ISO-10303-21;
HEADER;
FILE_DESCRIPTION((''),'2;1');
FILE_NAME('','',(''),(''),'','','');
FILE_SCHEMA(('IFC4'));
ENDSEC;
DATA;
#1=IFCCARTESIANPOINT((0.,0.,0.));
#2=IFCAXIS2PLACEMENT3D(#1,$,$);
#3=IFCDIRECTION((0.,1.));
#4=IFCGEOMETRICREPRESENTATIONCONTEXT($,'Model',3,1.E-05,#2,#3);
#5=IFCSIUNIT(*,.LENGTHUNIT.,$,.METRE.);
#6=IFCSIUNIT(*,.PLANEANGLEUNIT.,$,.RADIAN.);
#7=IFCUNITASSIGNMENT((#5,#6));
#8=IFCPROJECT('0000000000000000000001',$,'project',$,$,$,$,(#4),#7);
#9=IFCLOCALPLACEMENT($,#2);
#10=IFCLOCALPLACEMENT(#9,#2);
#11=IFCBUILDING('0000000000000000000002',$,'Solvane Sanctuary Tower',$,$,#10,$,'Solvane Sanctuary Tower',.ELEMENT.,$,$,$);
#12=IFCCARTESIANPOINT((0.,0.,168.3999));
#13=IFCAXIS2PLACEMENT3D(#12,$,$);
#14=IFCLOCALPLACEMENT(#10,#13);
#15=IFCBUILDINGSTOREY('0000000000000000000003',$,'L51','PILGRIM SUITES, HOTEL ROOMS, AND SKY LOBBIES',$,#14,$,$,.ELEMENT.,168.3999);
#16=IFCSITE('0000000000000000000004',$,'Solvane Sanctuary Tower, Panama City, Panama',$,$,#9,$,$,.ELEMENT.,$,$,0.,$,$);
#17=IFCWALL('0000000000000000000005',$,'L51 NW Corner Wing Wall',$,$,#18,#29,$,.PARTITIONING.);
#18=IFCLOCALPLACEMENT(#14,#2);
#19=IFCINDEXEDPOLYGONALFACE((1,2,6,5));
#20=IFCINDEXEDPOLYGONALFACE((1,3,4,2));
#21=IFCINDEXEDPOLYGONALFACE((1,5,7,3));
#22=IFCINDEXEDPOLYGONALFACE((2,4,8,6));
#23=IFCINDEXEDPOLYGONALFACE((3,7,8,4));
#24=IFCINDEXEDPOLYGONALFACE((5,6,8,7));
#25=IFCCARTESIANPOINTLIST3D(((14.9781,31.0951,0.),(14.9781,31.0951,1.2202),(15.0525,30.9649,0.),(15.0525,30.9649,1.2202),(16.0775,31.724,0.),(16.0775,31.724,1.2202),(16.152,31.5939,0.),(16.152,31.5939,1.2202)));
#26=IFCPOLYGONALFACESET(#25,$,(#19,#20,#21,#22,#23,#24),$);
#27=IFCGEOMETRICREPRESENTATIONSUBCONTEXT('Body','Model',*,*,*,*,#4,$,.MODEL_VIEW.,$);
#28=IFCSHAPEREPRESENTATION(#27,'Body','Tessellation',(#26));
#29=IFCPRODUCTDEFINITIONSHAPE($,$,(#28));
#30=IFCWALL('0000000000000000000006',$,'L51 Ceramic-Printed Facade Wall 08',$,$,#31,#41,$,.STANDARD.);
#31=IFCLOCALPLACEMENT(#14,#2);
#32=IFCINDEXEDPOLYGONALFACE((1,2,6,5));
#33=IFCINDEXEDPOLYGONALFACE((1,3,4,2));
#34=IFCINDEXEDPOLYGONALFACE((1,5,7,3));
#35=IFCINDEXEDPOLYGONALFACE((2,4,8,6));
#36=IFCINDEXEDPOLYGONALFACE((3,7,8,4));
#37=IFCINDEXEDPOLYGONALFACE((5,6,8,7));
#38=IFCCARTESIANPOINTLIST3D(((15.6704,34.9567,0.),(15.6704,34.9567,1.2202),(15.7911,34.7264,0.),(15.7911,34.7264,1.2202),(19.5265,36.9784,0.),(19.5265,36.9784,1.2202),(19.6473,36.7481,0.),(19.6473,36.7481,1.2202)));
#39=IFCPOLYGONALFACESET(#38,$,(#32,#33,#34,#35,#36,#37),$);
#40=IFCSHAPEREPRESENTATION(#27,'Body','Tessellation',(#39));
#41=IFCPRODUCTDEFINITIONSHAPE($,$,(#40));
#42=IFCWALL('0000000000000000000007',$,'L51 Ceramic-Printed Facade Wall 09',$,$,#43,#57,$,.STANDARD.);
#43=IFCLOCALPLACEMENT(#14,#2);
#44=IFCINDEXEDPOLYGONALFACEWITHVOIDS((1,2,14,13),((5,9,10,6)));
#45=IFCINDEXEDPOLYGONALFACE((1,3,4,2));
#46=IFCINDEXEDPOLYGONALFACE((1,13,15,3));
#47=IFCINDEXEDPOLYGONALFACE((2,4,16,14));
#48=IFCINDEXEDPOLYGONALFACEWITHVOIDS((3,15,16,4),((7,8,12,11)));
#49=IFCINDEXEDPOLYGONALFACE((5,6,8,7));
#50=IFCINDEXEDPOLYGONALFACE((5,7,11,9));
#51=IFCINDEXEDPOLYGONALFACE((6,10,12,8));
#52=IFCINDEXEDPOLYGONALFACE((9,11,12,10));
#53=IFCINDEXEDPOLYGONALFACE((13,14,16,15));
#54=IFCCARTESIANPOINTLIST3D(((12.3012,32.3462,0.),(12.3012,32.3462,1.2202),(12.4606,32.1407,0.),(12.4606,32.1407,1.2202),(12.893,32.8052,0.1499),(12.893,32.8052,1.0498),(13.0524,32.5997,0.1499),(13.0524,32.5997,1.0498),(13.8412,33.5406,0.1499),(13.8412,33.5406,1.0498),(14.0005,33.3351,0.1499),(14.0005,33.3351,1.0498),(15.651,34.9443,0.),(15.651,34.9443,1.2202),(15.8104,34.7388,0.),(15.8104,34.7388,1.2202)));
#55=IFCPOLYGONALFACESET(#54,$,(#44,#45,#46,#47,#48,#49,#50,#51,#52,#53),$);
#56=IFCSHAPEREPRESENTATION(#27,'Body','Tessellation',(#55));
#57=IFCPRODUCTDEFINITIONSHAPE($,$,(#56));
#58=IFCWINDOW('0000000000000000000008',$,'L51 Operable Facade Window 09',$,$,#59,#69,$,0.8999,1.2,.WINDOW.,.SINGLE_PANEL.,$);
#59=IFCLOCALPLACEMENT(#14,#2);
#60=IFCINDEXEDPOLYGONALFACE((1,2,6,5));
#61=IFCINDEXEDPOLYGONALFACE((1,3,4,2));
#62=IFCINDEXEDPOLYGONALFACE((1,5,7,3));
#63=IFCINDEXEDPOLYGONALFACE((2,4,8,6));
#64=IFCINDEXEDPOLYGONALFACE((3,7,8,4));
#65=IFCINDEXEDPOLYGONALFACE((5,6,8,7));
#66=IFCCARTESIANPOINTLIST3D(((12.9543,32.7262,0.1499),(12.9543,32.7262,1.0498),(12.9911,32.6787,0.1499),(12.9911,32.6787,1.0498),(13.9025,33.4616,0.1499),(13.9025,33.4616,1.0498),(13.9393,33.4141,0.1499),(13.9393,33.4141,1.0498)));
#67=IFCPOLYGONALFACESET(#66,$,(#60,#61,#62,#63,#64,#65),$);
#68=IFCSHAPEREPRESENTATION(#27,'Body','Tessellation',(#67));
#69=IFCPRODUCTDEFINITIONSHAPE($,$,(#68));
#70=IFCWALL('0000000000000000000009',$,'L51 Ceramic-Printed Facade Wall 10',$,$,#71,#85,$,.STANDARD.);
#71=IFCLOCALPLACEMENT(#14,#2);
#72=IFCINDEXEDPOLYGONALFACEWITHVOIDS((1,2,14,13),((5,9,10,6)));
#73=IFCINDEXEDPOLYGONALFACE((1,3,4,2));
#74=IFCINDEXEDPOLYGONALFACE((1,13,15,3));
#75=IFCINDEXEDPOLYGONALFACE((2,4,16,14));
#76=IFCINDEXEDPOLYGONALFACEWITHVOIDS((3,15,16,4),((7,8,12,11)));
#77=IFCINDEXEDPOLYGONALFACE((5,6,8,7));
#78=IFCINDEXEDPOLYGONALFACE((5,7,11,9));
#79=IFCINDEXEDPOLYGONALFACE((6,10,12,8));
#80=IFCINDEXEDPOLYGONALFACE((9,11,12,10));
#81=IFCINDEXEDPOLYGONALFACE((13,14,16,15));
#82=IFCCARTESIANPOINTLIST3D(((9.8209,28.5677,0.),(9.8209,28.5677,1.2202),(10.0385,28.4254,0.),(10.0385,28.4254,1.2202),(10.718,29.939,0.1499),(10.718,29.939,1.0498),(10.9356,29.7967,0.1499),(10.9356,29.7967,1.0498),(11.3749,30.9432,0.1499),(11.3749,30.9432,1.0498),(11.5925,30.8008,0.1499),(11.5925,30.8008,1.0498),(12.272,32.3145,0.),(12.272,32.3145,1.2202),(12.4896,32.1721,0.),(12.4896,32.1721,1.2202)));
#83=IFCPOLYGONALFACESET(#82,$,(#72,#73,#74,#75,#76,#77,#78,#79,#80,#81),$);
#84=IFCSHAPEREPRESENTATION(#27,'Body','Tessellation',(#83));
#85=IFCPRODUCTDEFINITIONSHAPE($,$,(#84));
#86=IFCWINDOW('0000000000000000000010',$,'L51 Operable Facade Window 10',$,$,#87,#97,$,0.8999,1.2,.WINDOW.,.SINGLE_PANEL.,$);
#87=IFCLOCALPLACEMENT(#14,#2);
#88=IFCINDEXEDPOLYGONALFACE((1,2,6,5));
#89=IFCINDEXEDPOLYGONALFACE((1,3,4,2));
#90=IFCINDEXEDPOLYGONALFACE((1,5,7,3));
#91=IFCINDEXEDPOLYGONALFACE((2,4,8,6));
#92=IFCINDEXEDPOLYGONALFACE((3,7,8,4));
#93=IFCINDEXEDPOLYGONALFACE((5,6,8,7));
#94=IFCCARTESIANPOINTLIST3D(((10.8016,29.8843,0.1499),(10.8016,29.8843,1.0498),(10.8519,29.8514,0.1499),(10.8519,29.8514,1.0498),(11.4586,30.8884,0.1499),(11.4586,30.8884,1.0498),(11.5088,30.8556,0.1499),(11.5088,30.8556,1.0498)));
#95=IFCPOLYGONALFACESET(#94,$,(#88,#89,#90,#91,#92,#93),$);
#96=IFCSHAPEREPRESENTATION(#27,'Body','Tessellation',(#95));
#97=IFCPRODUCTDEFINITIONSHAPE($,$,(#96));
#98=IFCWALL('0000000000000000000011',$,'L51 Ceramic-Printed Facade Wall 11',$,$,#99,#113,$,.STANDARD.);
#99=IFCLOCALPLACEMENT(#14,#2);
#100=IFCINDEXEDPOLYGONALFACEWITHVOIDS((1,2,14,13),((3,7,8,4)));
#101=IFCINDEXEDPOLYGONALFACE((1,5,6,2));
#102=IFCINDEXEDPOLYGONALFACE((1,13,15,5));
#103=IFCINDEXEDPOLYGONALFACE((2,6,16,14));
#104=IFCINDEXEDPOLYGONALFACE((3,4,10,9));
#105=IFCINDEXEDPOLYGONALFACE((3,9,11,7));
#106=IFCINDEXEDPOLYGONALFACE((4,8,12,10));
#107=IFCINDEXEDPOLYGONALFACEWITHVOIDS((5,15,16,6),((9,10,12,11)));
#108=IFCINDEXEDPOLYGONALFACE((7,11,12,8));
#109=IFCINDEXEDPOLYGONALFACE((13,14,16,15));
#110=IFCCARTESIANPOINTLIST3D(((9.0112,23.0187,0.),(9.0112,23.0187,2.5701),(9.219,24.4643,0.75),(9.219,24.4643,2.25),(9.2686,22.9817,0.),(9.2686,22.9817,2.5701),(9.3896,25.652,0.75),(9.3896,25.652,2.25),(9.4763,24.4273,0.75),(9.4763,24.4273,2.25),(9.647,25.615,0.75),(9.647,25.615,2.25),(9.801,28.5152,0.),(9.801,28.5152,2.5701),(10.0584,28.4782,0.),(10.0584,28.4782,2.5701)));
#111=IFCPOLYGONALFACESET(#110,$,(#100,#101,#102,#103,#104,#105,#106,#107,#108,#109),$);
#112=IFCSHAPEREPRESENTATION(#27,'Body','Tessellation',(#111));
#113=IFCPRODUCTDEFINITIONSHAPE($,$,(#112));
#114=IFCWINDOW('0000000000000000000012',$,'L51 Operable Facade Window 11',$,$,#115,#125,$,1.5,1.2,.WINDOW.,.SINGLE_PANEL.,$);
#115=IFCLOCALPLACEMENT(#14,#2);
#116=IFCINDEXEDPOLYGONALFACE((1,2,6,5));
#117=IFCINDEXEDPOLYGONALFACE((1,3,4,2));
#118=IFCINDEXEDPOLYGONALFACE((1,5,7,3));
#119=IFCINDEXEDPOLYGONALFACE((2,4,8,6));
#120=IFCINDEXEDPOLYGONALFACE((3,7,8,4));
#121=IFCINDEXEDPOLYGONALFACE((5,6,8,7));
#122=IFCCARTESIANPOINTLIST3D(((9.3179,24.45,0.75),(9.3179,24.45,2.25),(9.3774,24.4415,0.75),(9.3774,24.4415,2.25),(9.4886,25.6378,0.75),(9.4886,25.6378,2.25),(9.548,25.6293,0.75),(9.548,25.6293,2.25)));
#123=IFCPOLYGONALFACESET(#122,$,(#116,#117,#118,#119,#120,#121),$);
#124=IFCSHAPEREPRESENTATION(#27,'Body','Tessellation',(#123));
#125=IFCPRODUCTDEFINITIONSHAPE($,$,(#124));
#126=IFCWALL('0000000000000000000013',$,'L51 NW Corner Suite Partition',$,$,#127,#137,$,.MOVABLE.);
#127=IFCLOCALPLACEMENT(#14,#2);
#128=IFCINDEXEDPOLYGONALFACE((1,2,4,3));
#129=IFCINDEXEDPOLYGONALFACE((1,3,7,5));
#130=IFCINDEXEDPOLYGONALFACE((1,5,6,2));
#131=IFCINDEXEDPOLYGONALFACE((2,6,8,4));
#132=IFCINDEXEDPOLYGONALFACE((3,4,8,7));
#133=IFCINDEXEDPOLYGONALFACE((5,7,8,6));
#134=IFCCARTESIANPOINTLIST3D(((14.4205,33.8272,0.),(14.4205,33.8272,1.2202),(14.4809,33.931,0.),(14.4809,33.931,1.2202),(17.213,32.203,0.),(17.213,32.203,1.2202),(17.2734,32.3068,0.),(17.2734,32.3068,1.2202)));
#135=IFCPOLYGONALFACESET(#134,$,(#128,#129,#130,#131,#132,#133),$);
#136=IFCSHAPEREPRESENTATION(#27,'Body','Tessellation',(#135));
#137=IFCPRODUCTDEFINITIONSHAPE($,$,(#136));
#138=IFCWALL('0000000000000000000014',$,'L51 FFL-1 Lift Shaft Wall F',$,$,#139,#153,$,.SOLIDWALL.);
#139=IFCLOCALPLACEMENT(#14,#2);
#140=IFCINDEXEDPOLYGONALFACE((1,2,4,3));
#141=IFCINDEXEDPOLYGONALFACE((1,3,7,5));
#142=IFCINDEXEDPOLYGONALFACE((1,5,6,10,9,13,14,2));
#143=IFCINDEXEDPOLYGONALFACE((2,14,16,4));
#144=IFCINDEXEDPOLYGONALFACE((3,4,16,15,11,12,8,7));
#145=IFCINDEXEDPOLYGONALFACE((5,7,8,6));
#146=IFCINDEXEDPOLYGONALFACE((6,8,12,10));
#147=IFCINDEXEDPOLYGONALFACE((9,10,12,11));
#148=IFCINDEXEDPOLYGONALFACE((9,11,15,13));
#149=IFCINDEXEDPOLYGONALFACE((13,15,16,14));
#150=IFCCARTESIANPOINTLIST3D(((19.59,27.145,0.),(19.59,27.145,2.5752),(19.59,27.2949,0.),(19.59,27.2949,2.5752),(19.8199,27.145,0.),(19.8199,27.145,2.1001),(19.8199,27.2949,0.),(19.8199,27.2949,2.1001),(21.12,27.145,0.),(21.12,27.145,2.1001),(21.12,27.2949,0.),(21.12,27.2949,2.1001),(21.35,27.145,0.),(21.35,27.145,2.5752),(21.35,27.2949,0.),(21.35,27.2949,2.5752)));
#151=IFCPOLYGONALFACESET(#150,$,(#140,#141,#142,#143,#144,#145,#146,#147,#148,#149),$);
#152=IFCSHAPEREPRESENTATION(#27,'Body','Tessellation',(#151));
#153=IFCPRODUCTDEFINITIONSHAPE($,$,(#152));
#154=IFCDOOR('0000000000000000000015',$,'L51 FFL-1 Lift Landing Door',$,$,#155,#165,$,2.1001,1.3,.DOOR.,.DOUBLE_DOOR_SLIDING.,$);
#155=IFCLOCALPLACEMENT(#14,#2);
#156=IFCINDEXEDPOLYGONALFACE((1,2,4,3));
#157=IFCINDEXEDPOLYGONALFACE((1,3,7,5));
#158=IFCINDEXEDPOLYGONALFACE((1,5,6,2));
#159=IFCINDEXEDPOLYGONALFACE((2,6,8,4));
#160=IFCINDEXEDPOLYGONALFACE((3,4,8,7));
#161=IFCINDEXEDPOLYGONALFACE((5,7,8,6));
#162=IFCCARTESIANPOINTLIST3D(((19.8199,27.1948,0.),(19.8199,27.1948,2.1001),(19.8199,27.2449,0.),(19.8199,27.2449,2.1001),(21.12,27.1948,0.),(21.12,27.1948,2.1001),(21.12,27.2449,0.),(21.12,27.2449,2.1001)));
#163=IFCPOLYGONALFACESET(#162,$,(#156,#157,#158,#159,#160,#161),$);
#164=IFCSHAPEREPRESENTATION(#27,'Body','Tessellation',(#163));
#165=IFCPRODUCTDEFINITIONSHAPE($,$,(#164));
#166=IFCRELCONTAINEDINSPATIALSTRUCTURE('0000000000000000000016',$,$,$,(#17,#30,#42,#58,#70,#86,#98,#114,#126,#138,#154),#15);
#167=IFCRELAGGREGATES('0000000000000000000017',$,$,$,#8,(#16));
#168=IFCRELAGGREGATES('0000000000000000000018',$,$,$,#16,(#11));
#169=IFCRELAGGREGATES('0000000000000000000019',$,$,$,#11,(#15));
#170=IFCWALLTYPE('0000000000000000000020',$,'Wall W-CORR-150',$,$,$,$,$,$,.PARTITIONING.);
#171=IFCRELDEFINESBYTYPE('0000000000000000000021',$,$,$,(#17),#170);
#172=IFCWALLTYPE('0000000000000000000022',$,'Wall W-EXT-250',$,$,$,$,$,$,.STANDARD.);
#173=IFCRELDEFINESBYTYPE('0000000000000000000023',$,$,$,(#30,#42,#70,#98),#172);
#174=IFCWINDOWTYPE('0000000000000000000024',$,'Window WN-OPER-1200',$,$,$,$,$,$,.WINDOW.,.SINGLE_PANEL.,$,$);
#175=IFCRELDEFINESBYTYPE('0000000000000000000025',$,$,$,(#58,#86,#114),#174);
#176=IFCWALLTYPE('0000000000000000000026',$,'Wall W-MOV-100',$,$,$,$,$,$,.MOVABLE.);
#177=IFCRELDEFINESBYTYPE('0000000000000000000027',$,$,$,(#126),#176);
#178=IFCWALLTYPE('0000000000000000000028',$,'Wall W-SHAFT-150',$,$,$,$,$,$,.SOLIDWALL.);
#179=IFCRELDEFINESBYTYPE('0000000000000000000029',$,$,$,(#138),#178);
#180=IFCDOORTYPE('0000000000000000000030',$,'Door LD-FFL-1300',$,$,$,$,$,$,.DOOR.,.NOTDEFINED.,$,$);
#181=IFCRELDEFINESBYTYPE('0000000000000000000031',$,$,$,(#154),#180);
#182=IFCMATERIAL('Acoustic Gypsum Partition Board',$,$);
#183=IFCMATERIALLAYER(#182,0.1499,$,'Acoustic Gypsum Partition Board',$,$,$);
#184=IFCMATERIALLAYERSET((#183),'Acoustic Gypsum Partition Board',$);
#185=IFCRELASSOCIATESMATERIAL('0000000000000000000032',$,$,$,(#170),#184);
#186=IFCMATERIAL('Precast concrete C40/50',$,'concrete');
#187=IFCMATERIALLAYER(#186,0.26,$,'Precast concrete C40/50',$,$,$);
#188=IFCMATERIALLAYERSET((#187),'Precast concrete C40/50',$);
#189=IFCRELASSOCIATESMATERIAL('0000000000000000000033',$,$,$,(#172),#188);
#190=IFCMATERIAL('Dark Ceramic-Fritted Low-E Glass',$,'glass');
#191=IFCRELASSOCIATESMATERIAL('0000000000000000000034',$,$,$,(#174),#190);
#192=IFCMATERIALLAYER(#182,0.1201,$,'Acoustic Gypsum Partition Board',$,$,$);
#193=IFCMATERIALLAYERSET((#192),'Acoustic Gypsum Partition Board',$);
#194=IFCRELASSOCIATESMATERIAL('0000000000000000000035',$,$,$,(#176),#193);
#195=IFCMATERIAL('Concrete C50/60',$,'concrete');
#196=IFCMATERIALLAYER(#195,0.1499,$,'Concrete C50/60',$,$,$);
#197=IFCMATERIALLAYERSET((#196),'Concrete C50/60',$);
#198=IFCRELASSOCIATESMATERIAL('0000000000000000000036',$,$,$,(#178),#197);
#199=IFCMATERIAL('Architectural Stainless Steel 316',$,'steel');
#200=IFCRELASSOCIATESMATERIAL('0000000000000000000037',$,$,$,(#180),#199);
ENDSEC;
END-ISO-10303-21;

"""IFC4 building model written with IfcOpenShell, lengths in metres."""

from ifc_helpers import new_model, si_unit, direction, frame, frame_2d, origin, place, context, subcontext, project, spatial, rectangle, extrude, material, layer, layer_set, type_object, element, fill, save


model = new_model("IFC4")

# Units and contexts
model_context = context("Model", 3, precision=1e-05, world=origin(), true_north=direction((0.0, 1.0)))
body_context = subcontext(model_context, "Body", "Model", "MODEL_VIEW")
ifc_project = project(units=[si_unit("LENGTHUNIT", "METRE"), si_unit("PLANEANGLEUNIT", "RADIAN")], contexts=[model_context])

# Site, building, storey
site_placement = place(None, origin())
site = spatial("IfcSite", under=ifc_project, at=site_placement, Name="Solvane Sanctuary Tower, Panama City, Panama", CompositionType="ELEMENT", RefElevation=0.0)
building_placement = place(site_placement, origin())
building = spatial("IfcBuilding", under=site, at=building_placement, Name="Solvane Sanctuary Tower", LongName="Solvane Sanctuary Tower", CompositionType="ELEMENT")
storey_placement = place(building_placement, frame((0.0, 0.0, 168.3999)))
storey = spatial("IfcBuildingStorey", under=building, at=storey_placement, Name="L51", Description="PILGRIM SUITES, HOTEL ROOMS, AND SKY LOBBIES", CompositionType="ELEMENT", Elevation=168.3999)

# Shared definitions
ifc_material_1 = material(Name="Acoustic Gypsum Partition Board")
ifc_layer_1 = layer(ifc_material_1, 0.1499, Name="Acoustic Gypsum Partition Board")
ifc_layer_set_1 = layer_set([ifc_layer_1], Name="Acoustic Gypsum Partition Board")
wall_type_1 = type_object("IfcWallType", Name="Wall W-CORR-150", PredefinedType="PARTITIONING", material=ifc_layer_set_1)

# Shared definitions
ifc_material_2 = material(Name="Architectural Stainless Steel 316", Category="steel")

# Walls
wall_1_placement = place(storey_placement, frame((16.1147, 31.6589, 0.0), z_axis=(0.0, 0.0, 1.0), x_axis=(-0.868006, -0.496554, 0.0)))
element("IfcWall", 1, at=wall_1_placement, inside=storey, type_object=wall_type_1, Name="L51 NW Corner Wing Wall", PredefinedType="PARTITIONING", context=body_context, shape_type="SweptSolid", body=[
    extrude(rectangle(XDim=1.2666, YDim=0.1499, at=frame_2d((0.6333, 0.0))), origin(), (0.0, 0.0, 1.0), 1.2202),
])
ifc_material_3 = material(Name="Precast concrete C40/50", Category="concrete")
ifc_layer_2 = layer(ifc_material_3, 0.26, Name="Precast concrete C40/50")
ifc_layer_set_2 = layer_set([ifc_layer_2], Name="Precast concrete C40/50")
wall_type_2 = type_object("IfcWallType", Name="Wall W-EXT-250", PredefinedType="STANDARD", material=ifc_layer_set_2)
wall_2_placement = place(storey_placement, frame((19.5869, 36.8633, 0.0), z_axis=(0.0, 0.0, 1.0), x_axis=(-0.88566, -0.464334, 0.0)))
element("IfcWall", 2, at=wall_2_placement, inside=storey, type_object=wall_type_2, Name="L51 Ceramic-Printed Facade Wall 08", PredefinedType="STANDARD", context=body_context, shape_type="SweptSolid", body=[
    extrude(rectangle(XDim=4.354, YDim=0.26, at=frame_2d((2.177, 0.0))), origin(), (0.0, 0.0, 1.0), 1.2202),
])

# Walls, openings, windows
wall_3_placement = place(storey_placement, frame((15.7307, 34.8416, 0.0), z_axis=(0.0, 0.0, 1.0), x_axis=(-0.790186, -0.612868, 0.0)))
wall_3 = element("IfcWall", 3, at=wall_3_placement, inside=storey, type_object=wall_type_2, Name="L51 Ceramic-Printed Facade Wall 09", PredefinedType="STANDARD", context=body_context, shape_type="SweptSolid", body=[
    extrude(rectangle(XDim=4.2393, YDim=0.26, at=frame_2d((2.1196, 0.0))), origin(), (0.0, 0.0, 1.0), 1.2202),
])
opening_1_placement = place(wall_3_placement, frame((2.2903, 0.0, 0.1499)))
opening_1 = element("IfcOpeningElement", 4, at=opening_1_placement, cuts=wall_3, PredefinedType="OPENING", context=body_context, shape_type="SweptSolid", body=[
    extrude(rectangle(XDim=1.2, YDim=0.8999, at=frame_2d((0.6001, 0.45))), frame((0.0, 0.1399, 0.0), z_axis=(0.0, -1.0, 0.0), x_axis=(1.0, 0.0, 0.0)), (0.0, 0.0, 1.0), 0.28),
])
ifc_material_4 = material(Name="Dark Ceramic-Fritted Low-E Glass", Category="glass")
window_type = type_object("IfcWindowType", Name="Window WN-OPER-1200", PartitioningType="SINGLE_PANEL", PredefinedType="WINDOW", material=ifc_material_4)
window_1_placement = place(opening_1_placement, origin())
window_1 = element("IfcWindow", 5, at=window_1_placement, inside=storey, type_object=window_type, Name="L51 Operable Facade Window 09", OverallHeight=0.8999, OverallWidth=1.2, PartitioningType="SINGLE_PANEL", PredefinedType="WINDOW", context=body_context, shape_type="SweptSolid", body=[
    extrude(rectangle(XDim=1.2, YDim=0.8999, at=frame_2d((0.6001, 0.45))), frame((0.0, 0.03, 0.0), z_axis=(0.0, -1.0, 0.0), x_axis=(1.0, 0.0, 0.0)), (0.0, 0.0, 1.0), 0.0601),
])
fill(opening_1, window_1)
wall_4_placement = place(storey_placement, frame((12.3809, 32.2434, 0.0), z_axis=(0.0, 0.0, 1.0), x_axis=(-0.547456, -0.836834, 0.0)))
wall_4 = element("IfcWall", 6, at=wall_4_placement, inside=storey, type_object=wall_type_2, Name="L51 Ceramic-Printed Facade Wall 10", PredefinedType="STANDARD", context=body_context, shape_type="SweptSolid", body=[
    extrude(rectangle(XDim=4.4773, YDim=0.26, at=frame_2d((2.2388, 0.0))), origin(), (0.0, 0.0, 1.0), 1.2202),
])
opening_2_placement = place(wall_4_placement, frame((1.6387, 0.0, 0.1499)))
opening_2 = element("IfcOpeningElement", 7, at=opening_2_placement, cuts=wall_4, PredefinedType="OPENING", context=body_context, shape_type="SweptSolid", body=[
    extrude(rectangle(XDim=1.2, YDim=0.8999, at=frame_2d((0.6001, 0.45))), frame((0.0, 0.1399, 0.0), z_axis=(0.0, -1.0, 0.0), x_axis=(1.0, 0.0, 0.0)), (0.0, 0.0, 1.0), 0.28),
])
window_2_placement = place(opening_2_placement, origin())
window_2 = element("IfcWindow", 8, at=window_2_placement, inside=storey, type_object=window_type, Name="L51 Operable Facade Window 10", OverallHeight=0.8999, OverallWidth=1.2, PartitioningType="SINGLE_PANEL", PredefinedType="WINDOW", context=body_context, shape_type="SweptSolid", body=[
    extrude(rectangle(XDim=1.2, YDim=0.8999, at=frame_2d((0.6001, 0.45))), frame((0.0, 0.03, 0.0), z_axis=(0.0, -1.0, 0.0), x_axis=(1.0, 0.0, 0.0)), (0.0, 0.0, 1.0), 0.0601),
])
fill(opening_2, window_2)
wall_5_placement = place(storey_placement, frame((9.9297, 28.4966, 0.0), z_axis=(0.0, 0.0, 1.0), x_axis=(-0.142228, -0.989834, 0.0)))
wall_5 = element("IfcWall", 9, at=wall_5_placement, inside=storey, type_object=wall_type_2, Name="L51 Ceramic-Printed Facade Wall 11", PredefinedType="STANDARD", context=body_context, shape_type="SweptSolid", body=[
    extrude(rectangle(XDim=5.553, YDim=0.26, at=frame_2d((2.7764, 0.0))), origin(), (0.0, 0.0, 1.0), 2.5701),
])
opening_3_placement = place(wall_5_placement, frame((2.8923, 0.0, 0.75)))
opening_3 = element("IfcOpeningElement", 10, at=opening_3_placement, cuts=wall_5, PredefinedType="OPENING", context=body_context, shape_type="SweptSolid", body=[
    extrude(rectangle(XDim=1.2, YDim=1.5, at=frame_2d((0.6001, 0.75))), frame((0.0, 0.1399, 0.0), z_axis=(0.0, -1.0, 0.0), x_axis=(1.0, 0.0, 0.0)), (0.0, 0.0, 1.0), 0.28),
])
window_3_placement = place(opening_3_placement, origin())
window_3 = element("IfcWindow", 11, at=window_3_placement, inside=storey, type_object=window_type, Name="L51 Operable Facade Window 11", OverallHeight=1.5, OverallWidth=1.2, PartitioningType="SINGLE_PANEL", PredefinedType="WINDOW", context=body_context, shape_type="SweptSolid", body=[
    extrude(rectangle(XDim=1.2, YDim=1.5, at=frame_2d((0.6001, 0.75))), frame((0.0, 0.03, 0.0), z_axis=(0.0, -1.0, 0.0), x_axis=(1.0, 0.0, 0.0)), (0.0, 0.0, 1.0), 0.0601),
])
fill(opening_3, window_3)

# Wall
ifc_layer_3 = layer(ifc_material_1, 0.1201, Name="Acoustic Gypsum Partition Board")
ifc_layer_set_3 = layer_set([ifc_layer_3], Name="Acoustic Gypsum Partition Board")
wall_type_3 = type_object("IfcWallType", Name="Wall W-MOV-100", PredefinedType="MOVABLE", material=ifc_layer_set_3)
wall_6_placement = place(storey_placement, frame((17.2432, 32.2549, 0.0), z_axis=(0.0, 0.0, 1.0), x_axis=(-0.864409, 0.50279, 0.0)))
element("IfcWall", 12, at=wall_6_placement, inside=storey, type_object=wall_type_3, Name="L51 NW Corner Suite Partition", PredefinedType="MOVABLE", context=body_context, shape_type="SweptSolid", body=[
    extrude(rectangle(XDim=3.2305, YDim=0.1201, at=frame_2d((1.6152, 0.0))), origin(), (0.0, 0.0, 1.0), 1.2202),
])

# Wall, opening, door
ifc_material_5 = material(Name="Concrete C50/60", Category="concrete")
ifc_layer_4 = layer(ifc_material_5, 0.1499, Name="Concrete C50/60")
ifc_layer_set_4 = layer_set([ifc_layer_4], Name="Concrete C50/60")
wall_type_4 = type_object("IfcWallType", Name="Wall W-SHAFT-150", PredefinedType="SOLIDWALL", material=ifc_layer_set_4)
wall_7_placement = place(storey_placement, frame((19.5901, 27.22, 0.0), z_axis=(0.0, 0.0, 1.0), x_axis=(1.0, 0.0, 0.0)))
wall_7 = element("IfcWall", 13, at=wall_7_placement, inside=storey, type_object=wall_type_4, Name="L51 FFL-1 Lift Shaft Wall F", PredefinedType="SOLIDWALL", context=body_context, shape_type="SweptSolid", body=[
    extrude(rectangle(XDim=1.76, YDim=0.1499, at=frame_2d((0.8799, 0.0))), origin(), (0.0, 0.0, 1.0), 2.5752),
])
opening_4_placement = place(wall_7_placement, frame((0.23, 0.0, 0.0)))
opening_4 = element("IfcOpeningElement", 14, at=opening_4_placement, cuts=wall_7, PredefinedType="OPENING", context=body_context, shape_type="SweptSolid", body=[
    extrude(rectangle(XDim=1.3, YDim=2.1001, at=frame_2d((0.6499, 1.05))), frame((0.0, 0.085, 0.0), z_axis=(0.0, -1.0, 0.0), x_axis=(1.0, 0.0, 0.0)), (0.0, 0.0, 1.0), 0.1699),
])
door_type_1 = type_object("IfcDoorType", Name="Door LD-FFL-1300", OperationType="NOTDEFINED", PredefinedType="DOOR", material=ifc_material_2)
door_1_placement = place(opening_4_placement, origin())
door_1 = element("IfcDoor", 15, at=door_1_placement, inside=storey, type_object=door_type_1, Name="L51 FFL-1 Lift Landing Door", OperationType="DOUBLE_DOOR_SLIDING", OverallHeight=2.1001, OverallWidth=1.3, PredefinedType="DOOR", context=body_context, shape_type="SweptSolid", body=[
    extrude(rectangle(XDim=1.3, YDim=2.1001, at=frame_2d((0.6499, 1.05))), frame((0.0, 0.0249, 0.0), z_axis=(0.0, -1.0, 0.0), x_axis=(1.0, 0.0, 0.0)), (0.0, 0.0, 1.0), 0.05),
])
fill(opening_4, door_1)

save(model, "model.ifc")
